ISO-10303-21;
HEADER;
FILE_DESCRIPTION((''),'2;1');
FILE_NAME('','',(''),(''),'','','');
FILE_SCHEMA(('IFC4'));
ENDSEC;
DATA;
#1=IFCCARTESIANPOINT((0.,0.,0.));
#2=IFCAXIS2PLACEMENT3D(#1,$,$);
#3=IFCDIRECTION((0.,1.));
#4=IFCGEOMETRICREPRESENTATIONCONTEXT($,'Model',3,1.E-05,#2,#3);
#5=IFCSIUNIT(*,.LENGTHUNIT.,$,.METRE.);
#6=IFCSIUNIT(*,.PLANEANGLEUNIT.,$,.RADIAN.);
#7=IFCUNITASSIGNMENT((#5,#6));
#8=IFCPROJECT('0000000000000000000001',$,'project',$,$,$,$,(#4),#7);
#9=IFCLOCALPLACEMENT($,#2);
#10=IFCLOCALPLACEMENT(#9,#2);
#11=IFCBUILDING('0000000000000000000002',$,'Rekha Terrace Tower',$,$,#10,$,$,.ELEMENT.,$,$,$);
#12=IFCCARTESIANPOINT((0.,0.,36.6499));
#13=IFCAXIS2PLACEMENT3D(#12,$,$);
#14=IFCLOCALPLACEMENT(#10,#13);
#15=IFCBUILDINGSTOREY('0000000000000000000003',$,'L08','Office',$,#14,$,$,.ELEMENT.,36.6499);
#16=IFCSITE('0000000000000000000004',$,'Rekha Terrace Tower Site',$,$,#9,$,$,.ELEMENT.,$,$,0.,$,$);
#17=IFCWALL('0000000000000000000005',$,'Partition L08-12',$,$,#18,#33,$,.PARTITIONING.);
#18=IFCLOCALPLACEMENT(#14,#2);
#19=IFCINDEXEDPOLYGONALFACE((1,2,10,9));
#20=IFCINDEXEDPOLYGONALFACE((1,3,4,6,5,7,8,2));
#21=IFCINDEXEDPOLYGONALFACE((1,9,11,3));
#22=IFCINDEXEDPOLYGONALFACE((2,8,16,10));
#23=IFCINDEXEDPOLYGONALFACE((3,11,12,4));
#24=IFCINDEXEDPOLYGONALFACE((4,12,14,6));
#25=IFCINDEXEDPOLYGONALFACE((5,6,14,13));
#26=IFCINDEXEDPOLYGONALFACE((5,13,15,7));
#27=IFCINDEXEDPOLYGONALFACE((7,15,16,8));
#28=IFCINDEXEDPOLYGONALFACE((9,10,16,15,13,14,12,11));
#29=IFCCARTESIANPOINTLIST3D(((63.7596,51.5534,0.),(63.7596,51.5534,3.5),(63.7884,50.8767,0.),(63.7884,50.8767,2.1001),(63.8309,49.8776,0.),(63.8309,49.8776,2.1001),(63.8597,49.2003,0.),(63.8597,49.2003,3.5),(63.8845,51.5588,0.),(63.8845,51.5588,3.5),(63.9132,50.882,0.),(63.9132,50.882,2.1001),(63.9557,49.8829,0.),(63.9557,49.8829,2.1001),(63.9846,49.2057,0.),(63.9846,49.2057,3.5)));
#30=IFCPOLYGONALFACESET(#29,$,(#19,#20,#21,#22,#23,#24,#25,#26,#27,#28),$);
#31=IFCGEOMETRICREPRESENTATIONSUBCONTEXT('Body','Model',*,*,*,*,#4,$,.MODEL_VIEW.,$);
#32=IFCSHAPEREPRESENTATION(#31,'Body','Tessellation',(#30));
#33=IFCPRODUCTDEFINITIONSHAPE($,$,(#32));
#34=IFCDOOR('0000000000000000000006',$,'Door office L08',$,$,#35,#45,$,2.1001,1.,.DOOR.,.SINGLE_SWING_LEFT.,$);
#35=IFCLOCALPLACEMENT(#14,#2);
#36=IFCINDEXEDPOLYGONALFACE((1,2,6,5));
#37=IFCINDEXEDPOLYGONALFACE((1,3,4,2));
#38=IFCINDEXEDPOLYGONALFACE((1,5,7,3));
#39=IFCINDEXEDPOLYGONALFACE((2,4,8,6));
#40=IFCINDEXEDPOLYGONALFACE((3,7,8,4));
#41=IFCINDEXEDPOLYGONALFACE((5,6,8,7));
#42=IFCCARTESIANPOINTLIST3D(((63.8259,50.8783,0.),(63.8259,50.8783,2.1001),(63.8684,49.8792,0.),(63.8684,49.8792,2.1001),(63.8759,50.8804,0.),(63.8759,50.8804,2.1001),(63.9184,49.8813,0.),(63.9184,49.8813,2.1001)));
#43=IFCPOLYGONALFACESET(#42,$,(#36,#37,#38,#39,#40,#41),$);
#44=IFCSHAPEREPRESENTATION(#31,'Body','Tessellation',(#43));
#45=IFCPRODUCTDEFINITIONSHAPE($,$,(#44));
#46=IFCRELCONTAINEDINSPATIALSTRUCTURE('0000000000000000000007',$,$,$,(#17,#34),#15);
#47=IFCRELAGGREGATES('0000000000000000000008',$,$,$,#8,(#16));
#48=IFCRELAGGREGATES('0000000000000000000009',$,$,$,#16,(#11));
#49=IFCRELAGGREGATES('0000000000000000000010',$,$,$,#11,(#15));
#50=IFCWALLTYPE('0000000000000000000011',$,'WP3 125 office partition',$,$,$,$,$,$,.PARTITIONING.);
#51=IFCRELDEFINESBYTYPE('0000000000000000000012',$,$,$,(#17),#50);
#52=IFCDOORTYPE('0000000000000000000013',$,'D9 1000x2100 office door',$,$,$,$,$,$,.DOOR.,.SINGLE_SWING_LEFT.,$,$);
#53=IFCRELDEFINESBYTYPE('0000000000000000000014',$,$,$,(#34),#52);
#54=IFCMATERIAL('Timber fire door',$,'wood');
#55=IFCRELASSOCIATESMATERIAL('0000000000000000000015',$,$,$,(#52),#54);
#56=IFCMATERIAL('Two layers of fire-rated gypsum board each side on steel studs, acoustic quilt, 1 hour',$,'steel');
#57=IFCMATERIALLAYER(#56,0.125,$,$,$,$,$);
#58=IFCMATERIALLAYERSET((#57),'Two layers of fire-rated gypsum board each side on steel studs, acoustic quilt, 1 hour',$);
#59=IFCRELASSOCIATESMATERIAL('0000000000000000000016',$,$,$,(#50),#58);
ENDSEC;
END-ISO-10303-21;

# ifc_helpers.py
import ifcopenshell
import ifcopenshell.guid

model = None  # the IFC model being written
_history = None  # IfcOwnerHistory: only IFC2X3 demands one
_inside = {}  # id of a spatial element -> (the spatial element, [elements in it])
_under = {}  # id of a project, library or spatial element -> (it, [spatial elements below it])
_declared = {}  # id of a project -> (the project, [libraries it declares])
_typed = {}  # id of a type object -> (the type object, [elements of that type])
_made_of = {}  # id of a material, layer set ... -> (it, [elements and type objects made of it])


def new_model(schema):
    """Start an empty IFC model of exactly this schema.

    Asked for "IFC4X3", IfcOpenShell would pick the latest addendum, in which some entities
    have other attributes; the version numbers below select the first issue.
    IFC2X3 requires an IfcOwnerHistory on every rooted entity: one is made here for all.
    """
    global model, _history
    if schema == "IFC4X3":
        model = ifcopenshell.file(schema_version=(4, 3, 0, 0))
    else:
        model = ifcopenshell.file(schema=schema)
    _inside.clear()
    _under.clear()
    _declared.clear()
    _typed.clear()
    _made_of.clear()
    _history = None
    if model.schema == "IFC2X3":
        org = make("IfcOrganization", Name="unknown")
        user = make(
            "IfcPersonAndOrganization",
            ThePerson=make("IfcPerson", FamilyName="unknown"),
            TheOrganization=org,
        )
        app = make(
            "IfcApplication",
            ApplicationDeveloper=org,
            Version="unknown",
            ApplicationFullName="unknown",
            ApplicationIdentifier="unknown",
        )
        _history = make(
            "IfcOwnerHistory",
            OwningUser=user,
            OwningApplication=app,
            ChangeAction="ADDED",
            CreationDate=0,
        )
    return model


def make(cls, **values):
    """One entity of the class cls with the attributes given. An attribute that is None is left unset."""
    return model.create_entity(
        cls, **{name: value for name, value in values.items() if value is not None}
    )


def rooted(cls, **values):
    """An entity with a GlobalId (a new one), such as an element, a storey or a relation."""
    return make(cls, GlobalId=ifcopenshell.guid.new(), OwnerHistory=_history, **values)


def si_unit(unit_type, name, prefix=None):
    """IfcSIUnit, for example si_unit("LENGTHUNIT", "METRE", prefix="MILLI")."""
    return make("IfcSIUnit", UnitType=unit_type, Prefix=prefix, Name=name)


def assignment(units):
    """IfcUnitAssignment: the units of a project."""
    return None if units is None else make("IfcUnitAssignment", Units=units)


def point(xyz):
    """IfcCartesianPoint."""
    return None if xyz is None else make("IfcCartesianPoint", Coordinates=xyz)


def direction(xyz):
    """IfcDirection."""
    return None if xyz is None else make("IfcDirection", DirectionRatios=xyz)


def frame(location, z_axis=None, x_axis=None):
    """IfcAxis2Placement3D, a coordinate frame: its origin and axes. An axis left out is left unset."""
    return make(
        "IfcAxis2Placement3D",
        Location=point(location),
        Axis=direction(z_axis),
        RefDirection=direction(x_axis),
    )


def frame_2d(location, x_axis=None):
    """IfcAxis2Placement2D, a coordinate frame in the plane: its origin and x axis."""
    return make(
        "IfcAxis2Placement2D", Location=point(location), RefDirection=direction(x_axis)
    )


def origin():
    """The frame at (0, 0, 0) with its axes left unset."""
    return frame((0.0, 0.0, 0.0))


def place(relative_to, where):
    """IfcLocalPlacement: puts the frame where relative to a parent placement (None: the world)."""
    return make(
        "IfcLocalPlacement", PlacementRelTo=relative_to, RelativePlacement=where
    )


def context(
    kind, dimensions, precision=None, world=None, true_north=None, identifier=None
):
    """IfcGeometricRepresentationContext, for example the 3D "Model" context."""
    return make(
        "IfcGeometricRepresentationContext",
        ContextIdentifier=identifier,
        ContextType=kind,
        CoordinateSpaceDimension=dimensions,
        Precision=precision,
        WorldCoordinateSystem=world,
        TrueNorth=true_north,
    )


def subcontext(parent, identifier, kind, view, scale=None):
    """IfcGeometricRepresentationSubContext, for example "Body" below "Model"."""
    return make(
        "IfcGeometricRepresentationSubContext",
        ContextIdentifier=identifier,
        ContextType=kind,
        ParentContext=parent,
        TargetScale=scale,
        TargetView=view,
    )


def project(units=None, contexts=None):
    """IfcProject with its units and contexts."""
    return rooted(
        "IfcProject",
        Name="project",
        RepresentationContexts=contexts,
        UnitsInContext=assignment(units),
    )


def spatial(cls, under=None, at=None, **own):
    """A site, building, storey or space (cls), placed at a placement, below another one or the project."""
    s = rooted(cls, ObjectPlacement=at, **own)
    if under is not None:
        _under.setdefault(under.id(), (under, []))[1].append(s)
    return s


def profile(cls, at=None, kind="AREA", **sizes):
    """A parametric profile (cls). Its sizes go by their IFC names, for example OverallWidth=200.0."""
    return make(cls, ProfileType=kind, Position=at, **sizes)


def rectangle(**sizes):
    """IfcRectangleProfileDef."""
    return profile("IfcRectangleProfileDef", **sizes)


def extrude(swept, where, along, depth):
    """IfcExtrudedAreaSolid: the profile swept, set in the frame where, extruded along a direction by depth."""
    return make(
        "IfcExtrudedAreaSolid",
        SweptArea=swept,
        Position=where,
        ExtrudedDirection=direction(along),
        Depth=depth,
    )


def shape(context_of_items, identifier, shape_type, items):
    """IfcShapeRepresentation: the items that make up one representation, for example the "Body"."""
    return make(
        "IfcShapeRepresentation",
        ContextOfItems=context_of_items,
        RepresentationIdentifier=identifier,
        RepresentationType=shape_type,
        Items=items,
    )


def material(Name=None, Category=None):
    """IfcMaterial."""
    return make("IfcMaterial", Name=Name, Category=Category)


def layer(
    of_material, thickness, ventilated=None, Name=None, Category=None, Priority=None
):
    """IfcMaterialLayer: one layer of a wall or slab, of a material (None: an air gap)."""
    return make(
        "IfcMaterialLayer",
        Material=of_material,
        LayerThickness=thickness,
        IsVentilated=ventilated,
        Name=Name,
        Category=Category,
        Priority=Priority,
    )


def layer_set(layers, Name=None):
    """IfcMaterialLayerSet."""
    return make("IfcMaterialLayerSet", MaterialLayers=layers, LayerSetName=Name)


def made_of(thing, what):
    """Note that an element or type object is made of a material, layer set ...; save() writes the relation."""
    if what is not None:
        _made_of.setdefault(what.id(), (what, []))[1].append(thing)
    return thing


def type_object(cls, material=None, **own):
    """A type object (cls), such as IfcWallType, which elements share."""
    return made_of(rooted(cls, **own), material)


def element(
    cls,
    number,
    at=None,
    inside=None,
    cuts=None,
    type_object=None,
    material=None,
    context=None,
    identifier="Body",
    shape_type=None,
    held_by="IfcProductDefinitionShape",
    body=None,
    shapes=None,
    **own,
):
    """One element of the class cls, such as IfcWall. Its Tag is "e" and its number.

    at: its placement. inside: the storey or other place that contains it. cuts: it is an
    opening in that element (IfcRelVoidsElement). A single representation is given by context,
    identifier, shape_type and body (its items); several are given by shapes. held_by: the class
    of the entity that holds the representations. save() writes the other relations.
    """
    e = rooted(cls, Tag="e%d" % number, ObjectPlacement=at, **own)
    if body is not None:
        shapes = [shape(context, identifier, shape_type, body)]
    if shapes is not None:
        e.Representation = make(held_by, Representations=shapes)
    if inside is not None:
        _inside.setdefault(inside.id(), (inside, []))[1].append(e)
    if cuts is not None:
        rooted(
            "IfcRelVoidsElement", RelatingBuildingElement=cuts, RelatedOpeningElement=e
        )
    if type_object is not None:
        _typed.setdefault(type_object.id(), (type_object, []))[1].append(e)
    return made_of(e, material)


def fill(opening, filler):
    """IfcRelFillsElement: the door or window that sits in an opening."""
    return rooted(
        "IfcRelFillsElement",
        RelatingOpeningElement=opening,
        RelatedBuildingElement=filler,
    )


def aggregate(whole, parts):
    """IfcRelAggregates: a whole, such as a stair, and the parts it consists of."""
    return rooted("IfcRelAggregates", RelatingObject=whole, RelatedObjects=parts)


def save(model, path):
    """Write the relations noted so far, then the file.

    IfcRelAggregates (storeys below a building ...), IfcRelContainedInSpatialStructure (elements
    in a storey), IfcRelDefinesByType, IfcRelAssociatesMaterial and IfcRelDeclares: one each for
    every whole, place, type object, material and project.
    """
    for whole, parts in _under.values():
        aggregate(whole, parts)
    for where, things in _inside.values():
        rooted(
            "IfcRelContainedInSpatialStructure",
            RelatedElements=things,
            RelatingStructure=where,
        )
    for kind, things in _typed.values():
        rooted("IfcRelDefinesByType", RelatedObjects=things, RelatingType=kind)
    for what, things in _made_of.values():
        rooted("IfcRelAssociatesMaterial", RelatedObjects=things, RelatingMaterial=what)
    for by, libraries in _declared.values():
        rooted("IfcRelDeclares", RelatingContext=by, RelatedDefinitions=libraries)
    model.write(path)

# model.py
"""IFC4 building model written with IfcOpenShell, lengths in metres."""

from ifc_helpers import new_model, si_unit, direction, frame, frame_2d, origin, place, context, subcontext, project, spatial, rectangle, extrude, material, layer, layer_set, type_object, element, fill, save


model = new_model("IFC4")

# Units and contexts
model_context = context("Model", 3, precision=1e-05, world=origin(), true_north=direction((0.0, 1.0)))
body_context = subcontext(model_context, "Body", "Model", "MODEL_VIEW")
ifc_project = project(units=[si_unit("LENGTHUNIT", "METRE"), si_unit("PLANEANGLEUNIT", "RADIAN")], contexts=[model_context])

# Site, building, storey
site_placement = place(None, origin())
site = spatial("IfcSite", under=ifc_project, at=site_placement, Name="Rekha Terrace Tower Site", CompositionType="ELEMENT", RefElevation=0.0)
building_placement = place(site_placement, origin())
building = spatial("IfcBuilding", under=site, at=building_placement, Name="Rekha Terrace Tower", CompositionType="ELEMENT")
storey_placement = place(building_placement, frame((0.0, 0.0, 36.6499)))
storey = spatial("IfcBuildingStorey", under=building, at=storey_placement, Name="L08", Description="Office", CompositionType="ELEMENT", Elevation=36.6499)

# Shared definitions
ifc_material_1 = material(Name="Timber fire door", Category="wood")
door_type = type_object("IfcDoorType", Name="D9 1000x2100 office door", OperationType="SINGLE_SWING_LEFT", PredefinedType="DOOR", material=ifc_material_1)

# Shared definitions
ifc_material_2 = material(Name="Two layers of fire-rated gypsum board each side on steel studs, acoustic quilt, 1 hour", Category="steel")
ifc_layer_1 = layer(ifc_material_2, 0.125)
ifc_layer_set_1 = layer_set([ifc_layer_1], Name="Two layers of fire-rated gypsum board each side on steel studs, acoustic quilt, 1 hour")
wall_type_1 = type_object("IfcWallType", Name="WP3 125 office partition", PredefinedType="PARTITIONING", material=ifc_layer_set_1)

# Wall, opening, door
wall_1_placement = place(storey_placement, frame((63.9221, 49.2029, 0.0), z_axis=(0.0, 0.0, 1.0), x_axis=(-0.042502, 0.999096, 0.0)))
wall_1 = element("IfcWall", 1, at=wall_1_placement, inside=storey, type_object=wall_type_1, Name="Partition L08-12", PredefinedType="PARTITIONING", context=body_context, shape_type="SweptSolid", body=[
    extrude(rectangle(XDim=2.3552, YDim=0.125, at=frame_2d((1.1777, 0.0))), origin(), (0.0, 0.0, 1.0), 3.5),
])
opening_1_placement = place(wall_1_placement, frame((0.678, 0.0, 0.0)))
opening_1 = element("IfcOpeningElement", 2, at=opening_1_placement, cuts=wall_1, PredefinedType="OPENING", context=body_context, shape_type="SweptSolid", body=[
    extrude(rectangle(XDim=1.0, YDim=2.1001, at=frame_2d((0.5, 1.05))), frame((0.0, 0.0725, 0.0), z_axis=(0.0, -1.0, 0.0), x_axis=(1.0, 0.0, 0.0)), (0.0, 0.0, 1.0), 0.145),
])
door_1_placement = place(opening_1_placement, origin())
door_1 = element("IfcDoor", 3, at=door_1_placement, inside=storey, type_object=door_type, Name="Door office L08", OperationType="SINGLE_SWING_LEFT", OverallHeight=2.1001, OverallWidth=1.0, PredefinedType="DOOR", context=body_context, shape_type="SweptSolid", body=[
    extrude(rectangle(XDim=1.0, YDim=2.1001, at=frame_2d((0.5, 1.05))), frame((0.0, 0.0249, 0.0), z_axis=(0.0, -1.0, 0.0), x_axis=(1.0, 0.0, 0.0)), (0.0, 0.0, 1.0), 0.05),
])
fill(opening_1, door_1)

save(model, "model.ifc")
